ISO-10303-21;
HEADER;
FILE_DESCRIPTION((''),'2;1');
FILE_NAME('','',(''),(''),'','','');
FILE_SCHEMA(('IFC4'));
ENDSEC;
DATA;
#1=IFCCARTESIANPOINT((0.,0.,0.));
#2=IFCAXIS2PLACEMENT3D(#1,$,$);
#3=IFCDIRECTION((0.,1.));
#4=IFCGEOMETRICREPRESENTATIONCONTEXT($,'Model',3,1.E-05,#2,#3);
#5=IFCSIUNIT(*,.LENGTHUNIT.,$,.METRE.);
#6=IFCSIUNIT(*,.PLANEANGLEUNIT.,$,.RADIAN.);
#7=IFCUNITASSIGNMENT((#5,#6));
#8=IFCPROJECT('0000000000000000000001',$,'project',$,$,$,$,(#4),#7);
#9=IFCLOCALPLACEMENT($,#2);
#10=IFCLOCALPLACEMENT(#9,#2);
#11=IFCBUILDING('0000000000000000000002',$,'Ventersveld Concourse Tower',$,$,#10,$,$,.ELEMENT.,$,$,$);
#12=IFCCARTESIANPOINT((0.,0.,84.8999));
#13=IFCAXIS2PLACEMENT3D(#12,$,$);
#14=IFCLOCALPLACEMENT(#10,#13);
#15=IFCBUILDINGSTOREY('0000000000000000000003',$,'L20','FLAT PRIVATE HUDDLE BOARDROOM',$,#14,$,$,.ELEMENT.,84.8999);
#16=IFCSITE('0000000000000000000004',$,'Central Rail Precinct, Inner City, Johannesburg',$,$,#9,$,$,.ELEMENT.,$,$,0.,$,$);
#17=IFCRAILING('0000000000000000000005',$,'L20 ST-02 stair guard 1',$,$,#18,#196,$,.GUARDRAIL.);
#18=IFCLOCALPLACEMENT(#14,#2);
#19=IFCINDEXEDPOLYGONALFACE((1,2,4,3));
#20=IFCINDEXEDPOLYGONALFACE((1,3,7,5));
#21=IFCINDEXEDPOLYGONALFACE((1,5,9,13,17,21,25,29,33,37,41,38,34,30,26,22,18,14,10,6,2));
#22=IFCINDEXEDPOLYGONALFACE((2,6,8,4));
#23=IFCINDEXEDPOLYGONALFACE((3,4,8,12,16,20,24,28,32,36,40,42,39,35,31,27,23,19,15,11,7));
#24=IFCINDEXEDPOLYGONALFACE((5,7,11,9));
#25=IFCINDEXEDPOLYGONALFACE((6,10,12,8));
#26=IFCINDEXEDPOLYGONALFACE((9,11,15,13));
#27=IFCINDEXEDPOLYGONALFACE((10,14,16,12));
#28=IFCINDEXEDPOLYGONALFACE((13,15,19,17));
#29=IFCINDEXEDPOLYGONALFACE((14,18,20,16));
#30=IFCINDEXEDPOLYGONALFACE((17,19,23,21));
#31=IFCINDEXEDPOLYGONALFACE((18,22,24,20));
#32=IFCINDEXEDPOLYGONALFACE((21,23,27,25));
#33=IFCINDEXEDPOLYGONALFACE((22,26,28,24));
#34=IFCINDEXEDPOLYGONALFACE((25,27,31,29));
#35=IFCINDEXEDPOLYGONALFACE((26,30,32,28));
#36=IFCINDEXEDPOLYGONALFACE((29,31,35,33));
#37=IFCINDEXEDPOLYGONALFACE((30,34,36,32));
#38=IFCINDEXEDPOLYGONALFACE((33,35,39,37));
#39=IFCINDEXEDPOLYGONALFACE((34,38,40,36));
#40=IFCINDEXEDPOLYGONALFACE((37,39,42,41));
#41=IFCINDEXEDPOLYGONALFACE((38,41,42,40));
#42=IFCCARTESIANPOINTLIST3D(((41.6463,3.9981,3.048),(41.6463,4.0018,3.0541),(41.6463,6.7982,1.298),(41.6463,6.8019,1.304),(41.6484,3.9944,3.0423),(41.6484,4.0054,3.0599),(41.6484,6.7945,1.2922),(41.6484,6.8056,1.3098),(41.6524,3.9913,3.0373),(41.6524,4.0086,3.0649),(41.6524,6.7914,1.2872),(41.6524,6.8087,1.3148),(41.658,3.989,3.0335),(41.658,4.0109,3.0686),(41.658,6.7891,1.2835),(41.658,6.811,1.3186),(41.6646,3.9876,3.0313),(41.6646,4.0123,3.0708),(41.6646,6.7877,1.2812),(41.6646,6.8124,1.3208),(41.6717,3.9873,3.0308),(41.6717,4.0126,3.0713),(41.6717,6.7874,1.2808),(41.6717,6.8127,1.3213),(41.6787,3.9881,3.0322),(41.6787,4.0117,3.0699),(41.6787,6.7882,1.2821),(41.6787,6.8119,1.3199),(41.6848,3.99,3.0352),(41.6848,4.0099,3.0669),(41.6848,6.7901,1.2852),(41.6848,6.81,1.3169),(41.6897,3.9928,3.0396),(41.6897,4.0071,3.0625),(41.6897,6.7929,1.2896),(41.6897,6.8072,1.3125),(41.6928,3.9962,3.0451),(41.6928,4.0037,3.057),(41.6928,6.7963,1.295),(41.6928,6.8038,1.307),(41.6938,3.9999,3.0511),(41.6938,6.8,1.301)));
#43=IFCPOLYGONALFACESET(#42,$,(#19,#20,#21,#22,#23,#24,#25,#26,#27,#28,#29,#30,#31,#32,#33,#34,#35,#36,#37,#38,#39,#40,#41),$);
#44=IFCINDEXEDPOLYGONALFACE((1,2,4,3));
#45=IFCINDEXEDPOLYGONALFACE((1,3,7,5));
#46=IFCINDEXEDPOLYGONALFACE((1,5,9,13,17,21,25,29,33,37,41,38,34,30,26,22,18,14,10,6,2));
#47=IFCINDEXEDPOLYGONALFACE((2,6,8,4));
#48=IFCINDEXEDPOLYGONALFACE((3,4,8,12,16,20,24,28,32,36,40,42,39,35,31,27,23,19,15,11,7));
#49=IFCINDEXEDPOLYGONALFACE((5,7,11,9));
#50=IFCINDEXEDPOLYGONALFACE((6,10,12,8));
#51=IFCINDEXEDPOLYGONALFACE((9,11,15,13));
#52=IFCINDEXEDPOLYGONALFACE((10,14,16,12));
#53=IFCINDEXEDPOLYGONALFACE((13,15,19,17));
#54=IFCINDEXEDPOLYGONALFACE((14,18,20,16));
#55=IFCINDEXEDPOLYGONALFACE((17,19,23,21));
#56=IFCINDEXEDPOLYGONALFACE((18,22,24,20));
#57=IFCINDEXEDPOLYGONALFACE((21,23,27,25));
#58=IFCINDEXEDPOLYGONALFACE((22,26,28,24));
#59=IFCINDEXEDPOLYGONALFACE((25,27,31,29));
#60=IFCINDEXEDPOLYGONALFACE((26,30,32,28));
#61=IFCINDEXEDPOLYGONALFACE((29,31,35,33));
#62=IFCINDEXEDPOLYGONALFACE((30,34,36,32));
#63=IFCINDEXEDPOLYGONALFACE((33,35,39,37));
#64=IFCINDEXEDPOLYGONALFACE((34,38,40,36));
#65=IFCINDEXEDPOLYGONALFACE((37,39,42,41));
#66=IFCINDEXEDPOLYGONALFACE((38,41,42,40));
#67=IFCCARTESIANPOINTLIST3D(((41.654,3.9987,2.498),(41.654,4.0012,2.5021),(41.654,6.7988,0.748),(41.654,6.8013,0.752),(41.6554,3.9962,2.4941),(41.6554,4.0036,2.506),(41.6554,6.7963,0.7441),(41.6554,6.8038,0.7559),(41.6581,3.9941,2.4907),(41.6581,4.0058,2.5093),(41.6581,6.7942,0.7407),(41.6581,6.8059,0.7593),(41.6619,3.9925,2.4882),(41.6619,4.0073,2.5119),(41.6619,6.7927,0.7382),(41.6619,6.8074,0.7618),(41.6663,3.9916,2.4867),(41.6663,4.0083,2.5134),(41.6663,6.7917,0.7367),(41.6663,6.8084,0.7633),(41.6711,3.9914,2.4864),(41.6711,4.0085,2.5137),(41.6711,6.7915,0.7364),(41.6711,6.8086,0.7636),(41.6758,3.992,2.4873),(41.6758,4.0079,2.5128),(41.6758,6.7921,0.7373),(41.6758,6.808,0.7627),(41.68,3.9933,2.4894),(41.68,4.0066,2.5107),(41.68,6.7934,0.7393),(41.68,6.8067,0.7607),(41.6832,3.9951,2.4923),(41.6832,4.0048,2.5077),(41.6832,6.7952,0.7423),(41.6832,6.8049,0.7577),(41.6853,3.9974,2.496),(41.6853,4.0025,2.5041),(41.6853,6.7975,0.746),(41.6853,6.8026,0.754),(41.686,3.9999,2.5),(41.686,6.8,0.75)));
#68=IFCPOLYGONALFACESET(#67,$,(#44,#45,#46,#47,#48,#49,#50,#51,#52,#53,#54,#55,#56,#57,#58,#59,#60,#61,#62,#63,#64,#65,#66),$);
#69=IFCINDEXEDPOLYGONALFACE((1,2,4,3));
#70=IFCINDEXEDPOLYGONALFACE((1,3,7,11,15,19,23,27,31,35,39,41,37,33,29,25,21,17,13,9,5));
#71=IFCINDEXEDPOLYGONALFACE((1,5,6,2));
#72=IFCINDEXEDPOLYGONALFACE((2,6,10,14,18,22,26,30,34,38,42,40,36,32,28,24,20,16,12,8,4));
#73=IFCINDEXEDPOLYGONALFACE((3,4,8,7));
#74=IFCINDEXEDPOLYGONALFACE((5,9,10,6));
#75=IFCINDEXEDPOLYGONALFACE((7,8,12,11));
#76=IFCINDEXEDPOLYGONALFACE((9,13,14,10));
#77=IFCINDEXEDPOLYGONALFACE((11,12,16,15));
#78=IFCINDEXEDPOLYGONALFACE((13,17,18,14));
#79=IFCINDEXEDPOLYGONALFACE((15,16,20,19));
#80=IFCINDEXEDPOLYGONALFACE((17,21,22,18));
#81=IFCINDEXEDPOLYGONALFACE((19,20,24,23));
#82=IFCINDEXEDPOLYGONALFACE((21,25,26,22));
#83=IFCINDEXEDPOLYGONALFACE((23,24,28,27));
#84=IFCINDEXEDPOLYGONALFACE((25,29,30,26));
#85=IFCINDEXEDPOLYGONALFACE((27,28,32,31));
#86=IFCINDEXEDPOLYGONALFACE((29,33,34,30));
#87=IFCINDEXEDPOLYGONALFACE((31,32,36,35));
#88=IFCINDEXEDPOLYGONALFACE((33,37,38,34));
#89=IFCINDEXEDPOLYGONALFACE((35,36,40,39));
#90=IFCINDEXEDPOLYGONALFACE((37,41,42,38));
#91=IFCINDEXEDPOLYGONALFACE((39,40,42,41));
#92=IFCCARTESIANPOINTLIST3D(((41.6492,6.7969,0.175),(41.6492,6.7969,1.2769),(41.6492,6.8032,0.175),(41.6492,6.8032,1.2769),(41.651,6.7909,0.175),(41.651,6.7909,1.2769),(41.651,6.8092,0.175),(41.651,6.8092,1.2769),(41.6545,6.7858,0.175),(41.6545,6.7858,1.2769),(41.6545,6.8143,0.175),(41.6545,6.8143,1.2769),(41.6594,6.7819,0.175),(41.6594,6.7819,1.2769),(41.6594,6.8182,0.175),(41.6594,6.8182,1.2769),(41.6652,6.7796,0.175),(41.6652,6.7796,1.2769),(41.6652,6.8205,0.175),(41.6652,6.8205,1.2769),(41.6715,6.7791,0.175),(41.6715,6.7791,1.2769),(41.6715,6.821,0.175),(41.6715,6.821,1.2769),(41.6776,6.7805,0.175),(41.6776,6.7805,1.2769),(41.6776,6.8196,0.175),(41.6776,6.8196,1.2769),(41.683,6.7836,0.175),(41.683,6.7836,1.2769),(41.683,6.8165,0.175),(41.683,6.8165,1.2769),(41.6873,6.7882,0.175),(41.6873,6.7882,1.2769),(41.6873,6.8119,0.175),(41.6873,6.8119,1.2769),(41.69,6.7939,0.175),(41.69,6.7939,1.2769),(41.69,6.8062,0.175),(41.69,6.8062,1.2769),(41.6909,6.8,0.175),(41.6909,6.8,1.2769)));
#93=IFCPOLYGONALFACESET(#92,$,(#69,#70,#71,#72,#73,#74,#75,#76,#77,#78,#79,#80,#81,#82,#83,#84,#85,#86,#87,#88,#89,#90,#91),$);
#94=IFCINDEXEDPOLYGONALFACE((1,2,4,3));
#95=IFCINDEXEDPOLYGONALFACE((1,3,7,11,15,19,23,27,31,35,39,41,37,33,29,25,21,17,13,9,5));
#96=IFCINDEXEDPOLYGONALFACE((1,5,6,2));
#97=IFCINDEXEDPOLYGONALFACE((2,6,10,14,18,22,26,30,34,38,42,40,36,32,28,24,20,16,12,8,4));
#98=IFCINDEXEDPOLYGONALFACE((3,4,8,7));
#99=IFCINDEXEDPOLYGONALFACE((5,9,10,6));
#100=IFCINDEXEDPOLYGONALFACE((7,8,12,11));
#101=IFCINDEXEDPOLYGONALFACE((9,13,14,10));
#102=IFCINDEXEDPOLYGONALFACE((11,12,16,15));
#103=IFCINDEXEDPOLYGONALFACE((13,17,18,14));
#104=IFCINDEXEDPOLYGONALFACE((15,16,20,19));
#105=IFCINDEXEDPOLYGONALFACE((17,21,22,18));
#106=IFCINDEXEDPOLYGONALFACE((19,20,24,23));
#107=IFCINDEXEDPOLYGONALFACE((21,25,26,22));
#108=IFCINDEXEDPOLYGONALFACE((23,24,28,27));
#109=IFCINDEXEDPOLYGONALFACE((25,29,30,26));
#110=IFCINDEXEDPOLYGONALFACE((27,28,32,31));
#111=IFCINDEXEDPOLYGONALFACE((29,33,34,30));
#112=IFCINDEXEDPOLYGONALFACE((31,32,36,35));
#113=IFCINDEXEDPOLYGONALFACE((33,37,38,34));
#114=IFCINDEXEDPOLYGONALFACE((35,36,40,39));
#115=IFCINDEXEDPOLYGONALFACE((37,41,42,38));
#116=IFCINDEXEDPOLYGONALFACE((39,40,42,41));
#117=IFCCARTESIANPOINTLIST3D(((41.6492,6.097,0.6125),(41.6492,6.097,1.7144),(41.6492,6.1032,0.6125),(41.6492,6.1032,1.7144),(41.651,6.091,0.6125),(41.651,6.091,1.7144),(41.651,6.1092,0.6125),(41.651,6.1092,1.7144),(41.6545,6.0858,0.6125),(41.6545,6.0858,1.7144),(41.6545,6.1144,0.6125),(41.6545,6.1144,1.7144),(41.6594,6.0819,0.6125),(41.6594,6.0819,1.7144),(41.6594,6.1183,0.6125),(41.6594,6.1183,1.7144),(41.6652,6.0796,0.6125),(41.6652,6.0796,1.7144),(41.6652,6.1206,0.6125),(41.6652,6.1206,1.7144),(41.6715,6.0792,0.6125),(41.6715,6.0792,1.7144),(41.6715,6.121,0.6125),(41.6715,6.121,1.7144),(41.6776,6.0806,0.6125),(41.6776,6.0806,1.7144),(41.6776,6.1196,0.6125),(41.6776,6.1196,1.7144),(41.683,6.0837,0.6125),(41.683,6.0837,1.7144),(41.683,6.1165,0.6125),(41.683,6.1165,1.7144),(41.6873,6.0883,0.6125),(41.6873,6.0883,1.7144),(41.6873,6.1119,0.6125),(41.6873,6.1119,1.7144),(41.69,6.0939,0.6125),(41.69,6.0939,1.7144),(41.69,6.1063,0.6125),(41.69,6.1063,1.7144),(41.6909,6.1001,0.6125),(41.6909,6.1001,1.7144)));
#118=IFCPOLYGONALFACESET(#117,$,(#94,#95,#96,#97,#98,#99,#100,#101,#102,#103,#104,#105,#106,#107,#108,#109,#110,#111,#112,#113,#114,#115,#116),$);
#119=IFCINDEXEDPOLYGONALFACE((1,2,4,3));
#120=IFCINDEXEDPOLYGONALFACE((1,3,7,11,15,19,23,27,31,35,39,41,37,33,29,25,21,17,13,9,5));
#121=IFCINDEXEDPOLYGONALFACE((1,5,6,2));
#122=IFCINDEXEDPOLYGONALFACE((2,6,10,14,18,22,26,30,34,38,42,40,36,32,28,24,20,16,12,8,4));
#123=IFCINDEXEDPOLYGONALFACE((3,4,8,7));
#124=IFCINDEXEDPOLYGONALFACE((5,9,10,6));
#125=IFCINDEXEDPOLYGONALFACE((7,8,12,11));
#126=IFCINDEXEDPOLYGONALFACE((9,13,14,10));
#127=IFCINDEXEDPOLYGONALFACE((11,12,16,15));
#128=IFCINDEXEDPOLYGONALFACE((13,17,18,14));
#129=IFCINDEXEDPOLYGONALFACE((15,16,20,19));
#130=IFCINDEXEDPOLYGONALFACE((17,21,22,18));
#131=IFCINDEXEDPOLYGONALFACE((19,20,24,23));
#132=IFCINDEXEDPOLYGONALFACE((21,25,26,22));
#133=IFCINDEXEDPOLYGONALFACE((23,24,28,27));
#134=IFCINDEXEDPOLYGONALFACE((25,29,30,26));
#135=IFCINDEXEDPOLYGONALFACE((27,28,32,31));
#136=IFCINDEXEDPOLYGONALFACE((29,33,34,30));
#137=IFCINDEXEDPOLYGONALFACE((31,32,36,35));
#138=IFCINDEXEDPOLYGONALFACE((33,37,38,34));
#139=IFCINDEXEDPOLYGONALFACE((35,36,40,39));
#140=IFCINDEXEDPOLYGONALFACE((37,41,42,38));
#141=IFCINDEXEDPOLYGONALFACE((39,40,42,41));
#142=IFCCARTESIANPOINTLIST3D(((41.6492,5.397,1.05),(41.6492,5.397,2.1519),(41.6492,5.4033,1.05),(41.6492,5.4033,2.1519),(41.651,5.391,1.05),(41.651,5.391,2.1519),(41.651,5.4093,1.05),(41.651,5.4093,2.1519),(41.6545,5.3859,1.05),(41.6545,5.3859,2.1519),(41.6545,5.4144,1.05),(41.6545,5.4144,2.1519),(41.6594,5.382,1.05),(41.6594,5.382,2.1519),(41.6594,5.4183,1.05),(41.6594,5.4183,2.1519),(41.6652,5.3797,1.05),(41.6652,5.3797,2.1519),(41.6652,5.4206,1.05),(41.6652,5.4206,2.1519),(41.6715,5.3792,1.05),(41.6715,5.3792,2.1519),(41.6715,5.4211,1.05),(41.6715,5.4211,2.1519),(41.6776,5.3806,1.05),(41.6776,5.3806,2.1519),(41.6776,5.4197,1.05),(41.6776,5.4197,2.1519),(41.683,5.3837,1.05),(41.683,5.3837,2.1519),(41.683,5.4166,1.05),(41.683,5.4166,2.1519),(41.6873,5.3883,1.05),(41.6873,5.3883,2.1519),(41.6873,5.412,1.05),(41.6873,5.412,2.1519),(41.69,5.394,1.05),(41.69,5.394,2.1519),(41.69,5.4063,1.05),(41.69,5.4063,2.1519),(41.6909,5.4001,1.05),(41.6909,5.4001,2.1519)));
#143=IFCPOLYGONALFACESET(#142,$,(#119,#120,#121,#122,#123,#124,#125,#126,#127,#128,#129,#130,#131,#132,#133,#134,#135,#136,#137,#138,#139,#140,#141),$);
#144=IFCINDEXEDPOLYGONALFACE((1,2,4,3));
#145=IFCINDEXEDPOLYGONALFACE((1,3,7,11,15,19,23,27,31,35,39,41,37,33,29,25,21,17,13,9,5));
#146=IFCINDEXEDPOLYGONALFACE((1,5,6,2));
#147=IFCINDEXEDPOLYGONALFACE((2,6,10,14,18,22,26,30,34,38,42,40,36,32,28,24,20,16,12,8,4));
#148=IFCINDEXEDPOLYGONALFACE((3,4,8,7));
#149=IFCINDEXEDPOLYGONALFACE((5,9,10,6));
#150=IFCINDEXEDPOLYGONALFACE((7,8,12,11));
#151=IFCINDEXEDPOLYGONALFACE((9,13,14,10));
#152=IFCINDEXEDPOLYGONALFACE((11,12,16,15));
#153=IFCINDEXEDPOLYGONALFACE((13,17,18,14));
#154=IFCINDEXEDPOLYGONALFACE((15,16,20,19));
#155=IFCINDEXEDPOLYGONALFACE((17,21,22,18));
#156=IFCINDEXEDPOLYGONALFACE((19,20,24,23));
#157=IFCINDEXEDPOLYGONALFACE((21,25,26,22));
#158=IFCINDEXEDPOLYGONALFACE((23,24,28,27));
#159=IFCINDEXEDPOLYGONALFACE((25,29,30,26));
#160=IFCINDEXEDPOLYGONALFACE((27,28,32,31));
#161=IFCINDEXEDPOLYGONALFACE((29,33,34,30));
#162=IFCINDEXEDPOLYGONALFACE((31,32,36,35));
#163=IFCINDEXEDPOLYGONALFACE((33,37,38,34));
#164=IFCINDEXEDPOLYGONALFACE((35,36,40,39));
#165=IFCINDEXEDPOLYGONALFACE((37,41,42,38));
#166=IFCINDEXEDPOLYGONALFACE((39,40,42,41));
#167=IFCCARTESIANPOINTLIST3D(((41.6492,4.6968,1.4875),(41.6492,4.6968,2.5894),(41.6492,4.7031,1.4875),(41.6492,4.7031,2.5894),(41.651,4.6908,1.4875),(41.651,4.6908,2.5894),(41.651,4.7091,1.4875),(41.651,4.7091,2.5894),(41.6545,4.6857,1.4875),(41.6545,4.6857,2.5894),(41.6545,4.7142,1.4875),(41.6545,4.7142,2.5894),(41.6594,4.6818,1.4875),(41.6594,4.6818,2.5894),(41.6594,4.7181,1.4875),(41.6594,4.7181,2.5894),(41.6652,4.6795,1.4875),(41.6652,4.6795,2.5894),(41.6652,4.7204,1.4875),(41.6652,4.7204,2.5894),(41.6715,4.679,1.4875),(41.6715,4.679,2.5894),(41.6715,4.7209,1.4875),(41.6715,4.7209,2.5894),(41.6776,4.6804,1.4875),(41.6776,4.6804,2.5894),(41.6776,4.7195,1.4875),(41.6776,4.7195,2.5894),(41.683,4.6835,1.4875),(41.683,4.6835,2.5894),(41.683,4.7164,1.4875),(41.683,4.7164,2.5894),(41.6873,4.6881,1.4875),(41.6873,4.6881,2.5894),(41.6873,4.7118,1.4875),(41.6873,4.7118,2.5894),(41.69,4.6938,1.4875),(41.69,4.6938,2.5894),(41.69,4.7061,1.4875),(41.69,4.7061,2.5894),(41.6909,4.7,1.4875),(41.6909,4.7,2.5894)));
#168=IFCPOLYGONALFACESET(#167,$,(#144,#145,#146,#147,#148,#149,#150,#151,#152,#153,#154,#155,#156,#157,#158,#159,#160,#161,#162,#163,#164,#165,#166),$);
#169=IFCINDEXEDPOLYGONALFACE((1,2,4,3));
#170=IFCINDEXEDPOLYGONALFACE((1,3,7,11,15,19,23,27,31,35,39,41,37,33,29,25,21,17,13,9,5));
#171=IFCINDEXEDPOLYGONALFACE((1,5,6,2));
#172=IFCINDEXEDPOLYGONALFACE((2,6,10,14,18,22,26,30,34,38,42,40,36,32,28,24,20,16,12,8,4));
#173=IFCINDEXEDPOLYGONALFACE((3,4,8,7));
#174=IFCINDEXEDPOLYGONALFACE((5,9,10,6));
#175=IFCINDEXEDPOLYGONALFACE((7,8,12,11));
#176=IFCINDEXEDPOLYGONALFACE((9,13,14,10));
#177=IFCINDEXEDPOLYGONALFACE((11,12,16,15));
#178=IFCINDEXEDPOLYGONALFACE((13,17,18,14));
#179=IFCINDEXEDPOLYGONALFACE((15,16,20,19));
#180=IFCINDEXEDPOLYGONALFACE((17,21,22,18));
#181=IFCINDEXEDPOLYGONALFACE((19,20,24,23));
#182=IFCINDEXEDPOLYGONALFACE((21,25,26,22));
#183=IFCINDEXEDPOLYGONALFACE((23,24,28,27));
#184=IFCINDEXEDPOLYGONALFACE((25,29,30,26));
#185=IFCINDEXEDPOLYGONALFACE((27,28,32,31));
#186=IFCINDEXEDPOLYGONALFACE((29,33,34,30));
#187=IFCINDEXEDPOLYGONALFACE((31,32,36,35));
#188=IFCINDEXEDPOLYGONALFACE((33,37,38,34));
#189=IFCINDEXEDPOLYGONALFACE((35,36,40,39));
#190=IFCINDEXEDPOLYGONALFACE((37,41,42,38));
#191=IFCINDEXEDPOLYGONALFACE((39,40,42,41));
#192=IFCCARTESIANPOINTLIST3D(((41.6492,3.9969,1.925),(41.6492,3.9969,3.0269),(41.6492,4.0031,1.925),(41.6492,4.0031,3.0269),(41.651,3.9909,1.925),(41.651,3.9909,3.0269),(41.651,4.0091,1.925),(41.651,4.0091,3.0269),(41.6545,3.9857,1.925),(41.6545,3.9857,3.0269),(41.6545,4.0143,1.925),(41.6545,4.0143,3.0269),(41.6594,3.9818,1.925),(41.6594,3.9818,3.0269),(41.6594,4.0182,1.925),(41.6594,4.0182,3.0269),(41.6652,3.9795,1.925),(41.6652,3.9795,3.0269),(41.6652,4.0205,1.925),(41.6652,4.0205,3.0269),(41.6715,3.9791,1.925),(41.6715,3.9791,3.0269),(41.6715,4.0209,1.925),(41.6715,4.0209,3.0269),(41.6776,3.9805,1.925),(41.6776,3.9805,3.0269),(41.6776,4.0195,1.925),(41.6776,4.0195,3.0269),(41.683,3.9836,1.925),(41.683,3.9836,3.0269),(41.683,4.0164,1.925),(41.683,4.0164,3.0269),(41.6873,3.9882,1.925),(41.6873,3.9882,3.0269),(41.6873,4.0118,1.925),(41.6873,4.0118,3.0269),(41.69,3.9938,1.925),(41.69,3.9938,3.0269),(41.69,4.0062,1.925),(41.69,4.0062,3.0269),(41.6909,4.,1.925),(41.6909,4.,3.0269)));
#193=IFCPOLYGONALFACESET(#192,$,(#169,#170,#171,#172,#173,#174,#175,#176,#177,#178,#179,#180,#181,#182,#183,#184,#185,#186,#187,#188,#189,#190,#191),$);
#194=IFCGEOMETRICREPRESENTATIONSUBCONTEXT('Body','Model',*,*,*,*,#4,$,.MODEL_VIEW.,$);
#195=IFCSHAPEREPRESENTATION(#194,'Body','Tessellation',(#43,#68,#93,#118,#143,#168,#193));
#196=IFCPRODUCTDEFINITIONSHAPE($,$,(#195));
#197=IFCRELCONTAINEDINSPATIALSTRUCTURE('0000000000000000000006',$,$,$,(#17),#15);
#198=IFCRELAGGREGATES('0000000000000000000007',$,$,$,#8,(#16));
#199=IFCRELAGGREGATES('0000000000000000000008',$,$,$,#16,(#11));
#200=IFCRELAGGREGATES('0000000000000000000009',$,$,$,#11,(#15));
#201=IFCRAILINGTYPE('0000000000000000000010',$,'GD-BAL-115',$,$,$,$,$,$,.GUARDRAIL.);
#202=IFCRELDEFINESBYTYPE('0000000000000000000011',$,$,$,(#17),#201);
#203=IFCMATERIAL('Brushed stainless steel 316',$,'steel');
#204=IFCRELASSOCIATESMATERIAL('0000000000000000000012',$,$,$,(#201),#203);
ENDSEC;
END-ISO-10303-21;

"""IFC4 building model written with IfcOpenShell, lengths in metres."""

from ifc_helpers import new_model, si_unit, direction, frame, origin, origin_2d, place, context, subcontext, project, spatial, circle, extrude, material, type_object, element, save


model = new_model("IFC4")

# Units and contexts
model_context = context("Model", 3, precision=1e-05, world=origin(), true_north=direction((0.0, 1.0)))
body_context = subcontext(model_context, "Body", "Model", "MODEL_VIEW")
ifc_project = project(units=[si_unit("LENGTHUNIT", "METRE"), si_unit("PLANEANGLEUNIT", "RADIAN")], contexts=[model_context])

# Site, building, storey
site_placement = place(None, origin())
site = spatial("IfcSite", under=ifc_project, at=site_placement, Name="Central Rail Precinct, Inner City, Johannesburg", CompositionType="ELEMENT", RefElevation=0.0)
building_placement = place(site_placement, origin())
building = spatial("IfcBuilding", under=site, at=building_placement, Name="Ventersveld Concourse Tower", CompositionType="ELEMENT")
storey_placement = place(building_placement, frame((0.0, 0.0, 84.8999)))
storey = spatial("IfcBuildingStorey", under=building, at=storey_placement, Name="L20", Description="FLAT PRIVATE HUDDLE BOARDROOM", CompositionType="ELEMENT", Elevation=84.8999)

# Railing
ifc_material_1 = material(Name="Brushed stainless steel 316", Category="steel")
railing_type_1 = type_object("IfcRailingType", Name="GD-BAL-115", PredefinedType="GUARDRAIL", material=ifc_material_1)
railing_1_placement = place(storey_placement, frame((41.6699, 6.8, 0.175)))
element("IfcRailing", 1, at=railing_1_placement, inside=storey, type_object=railing_type_1, Name="L20 ST-02 stair guard 1", PredefinedType="GUARDRAIL", context=body_context, shape_type="SweptSolid", body=[
    extrude(circle(Radius=0.0239, at=origin_2d()), frame((0.0, 0.0, 1.126), z_axis=(0.0, -0.848002, 0.529992), x_axis=(1.0, 0.0, 0.0)), (0.0, 0.0, 1.0), 3.302),
    extrude(circle(Radius=0.0161, at=origin_2d()), frame((0.0, 0.0, 0.575), z_axis=(0.0, -0.848002, 0.529992), x_axis=(1.0, 0.0, 0.0)), (0.0, 0.0, 1.0), 3.302),
    extrude(circle(Radius=0.021, at=origin_2d()), origin(), (0.0, 0.0, 1.0), 1.1018),
    extrude(circle(Radius=0.021, at=origin_2d()), frame((0.0, -0.7, 0.4375)), (0.0, 0.0, 1.0), 1.1018),
    extrude(circle(Radius=0.021, at=origin_2d()), frame((0.0, -1.3999, 0.875)), (0.0, 0.0, 1.0), 1.1018),
    extrude(circle(Radius=0.021, at=origin_2d()), frame((0.0, -2.1001, 1.3125)), (0.0, 0.0, 1.0), 1.1018),
    extrude(circle(Radius=0.021, at=origin_2d()), frame((0.0, -2.8, 1.75)), (0.0, 0.0, 1.0), 1.1018),
])

save(model, "model.ifc")
